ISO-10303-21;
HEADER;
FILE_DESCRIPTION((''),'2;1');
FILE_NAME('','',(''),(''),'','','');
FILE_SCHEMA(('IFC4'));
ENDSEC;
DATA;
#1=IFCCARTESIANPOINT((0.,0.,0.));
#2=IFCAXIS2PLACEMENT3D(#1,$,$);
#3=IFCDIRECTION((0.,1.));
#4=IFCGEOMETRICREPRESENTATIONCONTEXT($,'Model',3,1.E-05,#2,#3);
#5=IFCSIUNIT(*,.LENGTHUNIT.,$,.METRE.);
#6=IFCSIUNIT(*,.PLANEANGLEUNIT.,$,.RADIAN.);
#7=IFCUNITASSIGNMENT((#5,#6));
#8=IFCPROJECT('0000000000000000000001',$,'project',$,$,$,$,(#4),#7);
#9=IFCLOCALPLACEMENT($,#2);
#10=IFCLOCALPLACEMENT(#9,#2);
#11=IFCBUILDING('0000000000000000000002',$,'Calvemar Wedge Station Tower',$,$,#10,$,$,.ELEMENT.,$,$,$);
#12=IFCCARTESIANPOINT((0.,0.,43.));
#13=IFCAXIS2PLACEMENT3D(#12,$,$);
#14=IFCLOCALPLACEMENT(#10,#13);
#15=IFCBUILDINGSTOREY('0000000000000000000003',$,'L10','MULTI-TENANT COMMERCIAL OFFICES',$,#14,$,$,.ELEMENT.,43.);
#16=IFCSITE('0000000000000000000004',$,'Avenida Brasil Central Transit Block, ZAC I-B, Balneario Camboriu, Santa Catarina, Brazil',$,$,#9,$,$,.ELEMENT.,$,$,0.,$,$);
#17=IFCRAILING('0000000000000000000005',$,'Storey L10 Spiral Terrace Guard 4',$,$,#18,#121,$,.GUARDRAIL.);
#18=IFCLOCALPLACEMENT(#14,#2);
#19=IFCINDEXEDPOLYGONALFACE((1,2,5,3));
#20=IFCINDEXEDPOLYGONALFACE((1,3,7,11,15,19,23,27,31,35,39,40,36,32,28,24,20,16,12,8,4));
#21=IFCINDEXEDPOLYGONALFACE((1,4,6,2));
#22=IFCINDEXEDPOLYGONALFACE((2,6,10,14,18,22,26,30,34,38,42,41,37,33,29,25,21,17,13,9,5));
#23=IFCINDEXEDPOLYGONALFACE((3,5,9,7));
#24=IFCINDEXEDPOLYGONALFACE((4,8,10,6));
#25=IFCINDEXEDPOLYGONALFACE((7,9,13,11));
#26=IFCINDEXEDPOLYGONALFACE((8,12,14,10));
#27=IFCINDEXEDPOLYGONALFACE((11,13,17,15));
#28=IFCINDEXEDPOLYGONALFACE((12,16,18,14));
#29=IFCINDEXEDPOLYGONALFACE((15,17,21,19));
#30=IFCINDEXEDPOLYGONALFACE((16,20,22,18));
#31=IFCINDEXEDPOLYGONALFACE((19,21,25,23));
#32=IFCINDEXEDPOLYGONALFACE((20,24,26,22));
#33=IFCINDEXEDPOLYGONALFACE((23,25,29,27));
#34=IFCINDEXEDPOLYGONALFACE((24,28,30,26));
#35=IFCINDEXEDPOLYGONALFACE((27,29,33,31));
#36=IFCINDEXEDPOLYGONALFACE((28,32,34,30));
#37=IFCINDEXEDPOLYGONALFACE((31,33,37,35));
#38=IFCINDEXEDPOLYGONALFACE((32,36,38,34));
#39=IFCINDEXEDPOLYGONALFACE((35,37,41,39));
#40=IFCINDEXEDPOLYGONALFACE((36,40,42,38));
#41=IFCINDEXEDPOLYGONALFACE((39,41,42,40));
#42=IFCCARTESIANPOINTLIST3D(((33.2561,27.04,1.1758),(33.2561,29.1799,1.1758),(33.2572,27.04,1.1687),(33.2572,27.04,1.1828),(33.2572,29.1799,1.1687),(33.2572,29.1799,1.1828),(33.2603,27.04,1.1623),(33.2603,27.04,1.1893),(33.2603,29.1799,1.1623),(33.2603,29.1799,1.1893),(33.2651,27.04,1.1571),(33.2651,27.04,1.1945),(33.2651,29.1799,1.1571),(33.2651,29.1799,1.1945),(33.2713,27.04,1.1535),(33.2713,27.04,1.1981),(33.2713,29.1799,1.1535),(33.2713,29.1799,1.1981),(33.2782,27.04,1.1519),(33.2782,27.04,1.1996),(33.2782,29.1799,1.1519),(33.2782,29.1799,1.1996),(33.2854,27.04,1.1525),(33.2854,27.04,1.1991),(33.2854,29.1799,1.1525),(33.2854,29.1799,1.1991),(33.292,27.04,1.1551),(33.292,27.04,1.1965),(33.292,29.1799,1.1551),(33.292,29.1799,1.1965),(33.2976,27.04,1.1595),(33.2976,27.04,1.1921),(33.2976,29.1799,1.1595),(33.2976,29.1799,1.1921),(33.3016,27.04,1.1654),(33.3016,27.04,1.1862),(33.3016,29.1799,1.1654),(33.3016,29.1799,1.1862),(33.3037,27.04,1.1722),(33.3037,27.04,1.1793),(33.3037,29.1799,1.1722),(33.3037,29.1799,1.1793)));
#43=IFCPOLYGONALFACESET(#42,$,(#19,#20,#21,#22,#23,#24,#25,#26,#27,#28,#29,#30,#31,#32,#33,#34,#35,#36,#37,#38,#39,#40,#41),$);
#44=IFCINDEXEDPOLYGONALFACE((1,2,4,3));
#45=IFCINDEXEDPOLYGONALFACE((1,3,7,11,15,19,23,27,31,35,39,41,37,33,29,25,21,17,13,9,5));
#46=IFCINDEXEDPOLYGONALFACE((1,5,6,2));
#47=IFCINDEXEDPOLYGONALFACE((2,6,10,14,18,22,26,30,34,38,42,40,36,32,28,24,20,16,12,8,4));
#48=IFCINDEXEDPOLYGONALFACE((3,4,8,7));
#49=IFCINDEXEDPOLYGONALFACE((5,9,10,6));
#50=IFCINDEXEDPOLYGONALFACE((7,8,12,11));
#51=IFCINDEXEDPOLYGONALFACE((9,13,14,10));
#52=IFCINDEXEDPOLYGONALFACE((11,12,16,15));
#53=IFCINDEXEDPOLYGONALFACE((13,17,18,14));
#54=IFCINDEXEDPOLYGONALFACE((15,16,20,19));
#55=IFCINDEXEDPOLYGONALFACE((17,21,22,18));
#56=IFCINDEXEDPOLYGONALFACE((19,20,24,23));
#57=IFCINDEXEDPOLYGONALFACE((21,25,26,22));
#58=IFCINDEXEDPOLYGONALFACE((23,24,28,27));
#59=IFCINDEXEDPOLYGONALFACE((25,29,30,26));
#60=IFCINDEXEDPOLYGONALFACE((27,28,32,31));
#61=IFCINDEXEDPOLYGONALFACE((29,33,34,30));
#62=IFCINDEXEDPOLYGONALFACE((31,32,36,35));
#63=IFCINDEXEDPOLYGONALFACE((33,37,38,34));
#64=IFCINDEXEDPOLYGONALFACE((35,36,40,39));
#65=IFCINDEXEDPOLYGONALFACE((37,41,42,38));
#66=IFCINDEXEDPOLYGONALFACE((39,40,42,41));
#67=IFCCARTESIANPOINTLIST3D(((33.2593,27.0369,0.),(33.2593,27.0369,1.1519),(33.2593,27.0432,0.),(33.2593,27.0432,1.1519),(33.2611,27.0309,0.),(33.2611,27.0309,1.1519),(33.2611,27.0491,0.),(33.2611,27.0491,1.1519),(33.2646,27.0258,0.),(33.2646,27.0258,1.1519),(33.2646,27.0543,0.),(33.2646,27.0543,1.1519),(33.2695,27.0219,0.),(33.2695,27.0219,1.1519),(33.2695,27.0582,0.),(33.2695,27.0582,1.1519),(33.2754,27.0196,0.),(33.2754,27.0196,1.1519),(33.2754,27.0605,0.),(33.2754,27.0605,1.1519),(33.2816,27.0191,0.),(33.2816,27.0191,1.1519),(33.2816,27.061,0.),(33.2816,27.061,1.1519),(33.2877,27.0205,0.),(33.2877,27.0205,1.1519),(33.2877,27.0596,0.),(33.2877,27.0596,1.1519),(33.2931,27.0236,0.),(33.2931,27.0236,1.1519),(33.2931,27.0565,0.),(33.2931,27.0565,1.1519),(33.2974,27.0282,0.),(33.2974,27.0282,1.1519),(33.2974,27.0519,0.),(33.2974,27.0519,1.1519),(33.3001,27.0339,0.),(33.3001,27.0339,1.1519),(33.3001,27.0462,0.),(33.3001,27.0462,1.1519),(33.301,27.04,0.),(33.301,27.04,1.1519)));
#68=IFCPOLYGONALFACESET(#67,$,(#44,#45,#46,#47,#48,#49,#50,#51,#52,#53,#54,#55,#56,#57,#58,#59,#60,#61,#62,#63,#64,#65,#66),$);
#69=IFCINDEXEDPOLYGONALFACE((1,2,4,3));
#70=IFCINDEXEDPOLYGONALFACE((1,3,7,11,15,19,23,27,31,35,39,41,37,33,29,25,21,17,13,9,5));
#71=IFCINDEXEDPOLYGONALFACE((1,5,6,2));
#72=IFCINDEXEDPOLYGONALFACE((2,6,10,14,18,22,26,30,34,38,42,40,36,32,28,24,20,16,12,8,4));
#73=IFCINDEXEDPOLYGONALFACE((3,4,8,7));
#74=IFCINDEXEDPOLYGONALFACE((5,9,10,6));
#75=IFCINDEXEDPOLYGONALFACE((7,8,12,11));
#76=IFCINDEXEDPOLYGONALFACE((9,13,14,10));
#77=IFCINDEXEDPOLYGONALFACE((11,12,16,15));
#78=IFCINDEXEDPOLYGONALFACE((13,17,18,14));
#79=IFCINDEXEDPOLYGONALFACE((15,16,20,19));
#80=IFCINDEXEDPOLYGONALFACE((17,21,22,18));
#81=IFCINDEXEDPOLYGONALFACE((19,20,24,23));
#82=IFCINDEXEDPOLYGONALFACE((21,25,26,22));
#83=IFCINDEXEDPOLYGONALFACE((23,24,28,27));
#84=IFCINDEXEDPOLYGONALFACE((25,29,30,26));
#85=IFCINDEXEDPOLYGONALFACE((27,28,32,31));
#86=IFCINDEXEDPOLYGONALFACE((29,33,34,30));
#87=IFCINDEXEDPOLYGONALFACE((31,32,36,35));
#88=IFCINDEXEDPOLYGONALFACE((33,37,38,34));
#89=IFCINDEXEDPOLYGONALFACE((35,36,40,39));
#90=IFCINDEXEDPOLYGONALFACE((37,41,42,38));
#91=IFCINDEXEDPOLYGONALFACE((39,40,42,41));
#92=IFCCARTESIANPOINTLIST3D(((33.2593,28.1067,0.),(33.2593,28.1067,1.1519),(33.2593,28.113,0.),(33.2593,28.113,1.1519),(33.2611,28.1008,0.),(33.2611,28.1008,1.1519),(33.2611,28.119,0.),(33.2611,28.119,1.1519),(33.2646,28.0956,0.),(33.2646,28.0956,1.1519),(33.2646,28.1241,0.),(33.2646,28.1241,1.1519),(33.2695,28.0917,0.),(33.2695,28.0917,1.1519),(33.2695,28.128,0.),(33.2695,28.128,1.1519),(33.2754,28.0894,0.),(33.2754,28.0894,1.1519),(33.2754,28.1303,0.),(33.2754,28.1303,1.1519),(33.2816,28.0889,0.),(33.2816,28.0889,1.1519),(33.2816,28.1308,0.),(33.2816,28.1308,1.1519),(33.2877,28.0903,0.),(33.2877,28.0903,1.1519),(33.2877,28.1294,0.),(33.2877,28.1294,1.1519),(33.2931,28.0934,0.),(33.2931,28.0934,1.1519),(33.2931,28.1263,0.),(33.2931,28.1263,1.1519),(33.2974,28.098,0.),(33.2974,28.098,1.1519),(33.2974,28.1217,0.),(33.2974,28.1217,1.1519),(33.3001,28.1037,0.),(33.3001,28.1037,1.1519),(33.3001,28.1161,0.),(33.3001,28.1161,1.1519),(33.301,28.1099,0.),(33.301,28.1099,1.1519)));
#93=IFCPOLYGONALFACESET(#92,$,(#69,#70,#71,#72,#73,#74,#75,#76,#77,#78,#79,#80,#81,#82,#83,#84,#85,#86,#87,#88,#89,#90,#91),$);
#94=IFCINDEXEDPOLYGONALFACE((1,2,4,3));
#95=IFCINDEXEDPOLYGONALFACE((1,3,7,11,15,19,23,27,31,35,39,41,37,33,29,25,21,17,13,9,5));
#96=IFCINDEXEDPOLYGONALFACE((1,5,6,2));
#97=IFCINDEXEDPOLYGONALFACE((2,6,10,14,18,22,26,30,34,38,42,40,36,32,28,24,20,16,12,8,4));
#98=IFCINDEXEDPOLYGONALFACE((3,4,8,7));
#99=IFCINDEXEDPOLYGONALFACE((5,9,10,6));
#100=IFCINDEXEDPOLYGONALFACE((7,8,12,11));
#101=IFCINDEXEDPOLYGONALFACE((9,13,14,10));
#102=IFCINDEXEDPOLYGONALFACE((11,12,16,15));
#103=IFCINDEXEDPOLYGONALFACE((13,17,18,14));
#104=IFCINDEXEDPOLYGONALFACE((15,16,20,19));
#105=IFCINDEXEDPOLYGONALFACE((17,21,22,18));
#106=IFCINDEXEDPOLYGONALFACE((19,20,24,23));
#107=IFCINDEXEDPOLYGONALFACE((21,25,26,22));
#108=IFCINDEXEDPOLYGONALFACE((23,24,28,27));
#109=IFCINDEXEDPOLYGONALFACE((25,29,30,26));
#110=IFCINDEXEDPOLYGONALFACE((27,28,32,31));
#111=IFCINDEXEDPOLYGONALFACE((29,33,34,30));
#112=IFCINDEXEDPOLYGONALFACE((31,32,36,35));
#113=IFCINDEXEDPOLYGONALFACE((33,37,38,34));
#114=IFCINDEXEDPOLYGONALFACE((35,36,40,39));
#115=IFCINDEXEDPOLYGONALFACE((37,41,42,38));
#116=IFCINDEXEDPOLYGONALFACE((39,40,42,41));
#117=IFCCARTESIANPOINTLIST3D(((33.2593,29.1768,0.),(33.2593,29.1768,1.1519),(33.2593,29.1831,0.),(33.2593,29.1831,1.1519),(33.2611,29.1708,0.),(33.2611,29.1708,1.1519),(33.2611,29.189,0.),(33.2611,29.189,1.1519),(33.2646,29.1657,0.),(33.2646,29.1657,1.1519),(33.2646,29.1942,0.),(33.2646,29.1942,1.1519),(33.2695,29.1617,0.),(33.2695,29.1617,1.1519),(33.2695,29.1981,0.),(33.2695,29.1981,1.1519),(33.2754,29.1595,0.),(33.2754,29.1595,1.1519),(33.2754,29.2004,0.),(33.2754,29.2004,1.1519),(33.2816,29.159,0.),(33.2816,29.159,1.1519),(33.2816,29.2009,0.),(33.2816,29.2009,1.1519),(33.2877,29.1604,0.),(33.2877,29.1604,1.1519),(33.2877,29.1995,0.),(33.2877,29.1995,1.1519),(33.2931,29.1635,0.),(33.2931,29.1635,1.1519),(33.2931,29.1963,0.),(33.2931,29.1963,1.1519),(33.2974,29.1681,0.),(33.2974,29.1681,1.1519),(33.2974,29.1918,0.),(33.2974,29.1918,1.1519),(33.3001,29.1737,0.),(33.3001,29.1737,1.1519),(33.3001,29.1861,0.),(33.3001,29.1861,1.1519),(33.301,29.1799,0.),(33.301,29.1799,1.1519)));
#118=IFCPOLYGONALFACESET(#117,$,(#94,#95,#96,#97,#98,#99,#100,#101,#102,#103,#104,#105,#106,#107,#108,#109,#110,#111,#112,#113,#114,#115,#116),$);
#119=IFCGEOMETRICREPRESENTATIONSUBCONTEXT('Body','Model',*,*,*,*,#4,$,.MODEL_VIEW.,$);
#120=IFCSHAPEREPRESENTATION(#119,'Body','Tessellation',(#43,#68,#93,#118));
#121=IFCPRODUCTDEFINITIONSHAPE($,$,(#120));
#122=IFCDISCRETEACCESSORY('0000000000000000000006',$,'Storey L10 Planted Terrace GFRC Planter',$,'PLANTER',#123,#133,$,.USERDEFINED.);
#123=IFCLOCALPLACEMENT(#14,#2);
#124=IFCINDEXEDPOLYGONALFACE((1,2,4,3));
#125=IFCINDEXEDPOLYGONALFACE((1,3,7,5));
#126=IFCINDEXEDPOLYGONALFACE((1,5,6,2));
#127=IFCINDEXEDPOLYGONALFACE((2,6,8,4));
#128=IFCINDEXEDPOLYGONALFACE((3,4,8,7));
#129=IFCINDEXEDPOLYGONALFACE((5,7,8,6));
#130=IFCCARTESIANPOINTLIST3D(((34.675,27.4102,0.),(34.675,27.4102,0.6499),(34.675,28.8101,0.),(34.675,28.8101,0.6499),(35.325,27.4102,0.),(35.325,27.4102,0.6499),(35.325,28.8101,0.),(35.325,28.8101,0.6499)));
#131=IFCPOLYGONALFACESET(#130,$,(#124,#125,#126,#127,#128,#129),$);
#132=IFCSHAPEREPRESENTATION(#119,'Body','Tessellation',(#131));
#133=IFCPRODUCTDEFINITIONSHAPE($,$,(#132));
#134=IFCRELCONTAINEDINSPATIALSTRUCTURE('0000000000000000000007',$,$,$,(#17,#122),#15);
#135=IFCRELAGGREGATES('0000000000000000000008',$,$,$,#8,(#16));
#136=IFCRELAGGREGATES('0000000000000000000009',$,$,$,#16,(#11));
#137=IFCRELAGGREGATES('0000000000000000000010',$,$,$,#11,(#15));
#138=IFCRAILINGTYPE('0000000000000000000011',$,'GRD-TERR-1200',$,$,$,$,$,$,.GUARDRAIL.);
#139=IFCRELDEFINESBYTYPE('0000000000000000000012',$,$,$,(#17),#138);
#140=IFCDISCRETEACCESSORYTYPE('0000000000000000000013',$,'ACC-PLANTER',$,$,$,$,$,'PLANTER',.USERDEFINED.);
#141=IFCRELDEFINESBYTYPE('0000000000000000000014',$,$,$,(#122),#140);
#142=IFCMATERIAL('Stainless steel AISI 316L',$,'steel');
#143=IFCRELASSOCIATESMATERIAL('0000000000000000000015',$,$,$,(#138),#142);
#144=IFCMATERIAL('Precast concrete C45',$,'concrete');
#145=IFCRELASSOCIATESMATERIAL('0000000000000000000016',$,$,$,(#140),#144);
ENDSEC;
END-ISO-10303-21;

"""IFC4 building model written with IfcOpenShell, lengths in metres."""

from ifc_helpers import new_model, si_unit, direction, frame, origin, origin_2d, place, context, subcontext, project, spatial, rectangle, circle, extrude, source, transform, mapped, material, type_object, element, save


model = new_model("IFC4")

# Units and contexts
model_context = context("Model", 3, precision=1e-05, world=origin(), true_north=direction((0.0, 1.0)))
body_context = subcontext(model_context, "Body", "Model", "MODEL_VIEW")
ifc_project = project(units=[si_unit("LENGTHUNIT", "METRE"), si_unit("PLANEANGLEUNIT", "RADIAN")], contexts=[model_context])

# Site, building, storey
site_placement = place(None, origin())
site = spatial("IfcSite", under=ifc_project, at=site_placement, Name="Avenida Brasil Central Transit Block, ZAC I-B, Balneario Camboriu, Santa Catarina, Brazil", CompositionType="ELEMENT", RefElevation=0.0)
building_placement = place(site_placement, origin())
building = spatial("IfcBuilding", under=site, at=building_placement, Name="Calvemar Wedge Station Tower", CompositionType="ELEMENT")
storey_placement = place(building_placement, frame((0.0, 0.0, 43.0)))
storey = spatial("IfcBuildingStorey", under=building, at=storey_placement, Name="L10", Description="MULTI-TENANT COMMERCIAL OFFICES", CompositionType="ELEMENT", Elevation=43.0)

# Shared definitions
ifc_material_1 = material(Name="Precast concrete C45", Category="concrete")

# Railing
ifc_material_2 = material(Name="Stainless steel AISI 316L", Category="steel")
railing_type = type_object("IfcRailingType", Name="GRD-TERR-1200", PredefinedType="GUARDRAIL", material=ifc_material_2)
railing_1_placement = place(storey_placement, frame((33.28, 27.04, 0.0)))
element("IfcRailing", 1, at=railing_1_placement, inside=storey, type_object=railing_type, Name="Storey L10 Spiral Terrace Guard 4", PredefinedType="GUARDRAIL", context=body_context, shape_type="SweptSolid", body=[
    extrude(circle(Radius=0.0239, at=origin_2d()), frame((0.0, 0.0, 1.1758), z_axis=(0.0, 1.0, 0.0), x_axis=(-1.0, 0.0, 0.0)), (0.0, 0.0, 1.0), 2.1399),
    extrude(circle(Radius=0.021, at=origin_2d()), origin(), (0.0, 0.0, 1.0), 1.1519),
    extrude(circle(Radius=0.021, at=origin_2d()), frame((0.0, 1.0698, 0.0)), (0.0, 0.0, 1.0), 1.1519),
    extrude(circle(Radius=0.021, at=origin_2d()), frame((0.0, 2.1399, 0.0)), (0.0, 0.0, 1.0), 1.1519),
])

# Discrete accessory
discrete_accessory_type = type_object("IfcDiscreteAccessoryType", Name="ACC-PLANTER", ElementType="PLANTER", PredefinedType="USERDEFINED", material=ifc_material_1)
shared_shape_1 = source(origin(), body_context, "Body", "SweptSolid", [
    extrude(rectangle(XDim=0.6499, YDim=1.3999, at=origin_2d()), origin(), (0.0, 0.0, 1.0), 0.6499),
])
discrete_accessory_placement = place(storey_placement, frame((35.0, 28.1101, 0.0), z_axis=(0.0, 0.0, 1.0), x_axis=(1.0, 0.0, 0.0)))
element("IfcDiscreteAccessory", 2, at=discrete_accessory_placement, inside=storey, type_object=discrete_accessory_type, Name="Storey L10 Planted Terrace GFRC Planter", ObjectType="PLANTER", PredefinedType="USERDEFINED", context=body_context, shape_type="MappedRepresentation", body=[
    mapped(shared_shape_1, transform((0.0, 0.0, 0.0), scale=1.0)),
])

save(model, "model.ifc")
